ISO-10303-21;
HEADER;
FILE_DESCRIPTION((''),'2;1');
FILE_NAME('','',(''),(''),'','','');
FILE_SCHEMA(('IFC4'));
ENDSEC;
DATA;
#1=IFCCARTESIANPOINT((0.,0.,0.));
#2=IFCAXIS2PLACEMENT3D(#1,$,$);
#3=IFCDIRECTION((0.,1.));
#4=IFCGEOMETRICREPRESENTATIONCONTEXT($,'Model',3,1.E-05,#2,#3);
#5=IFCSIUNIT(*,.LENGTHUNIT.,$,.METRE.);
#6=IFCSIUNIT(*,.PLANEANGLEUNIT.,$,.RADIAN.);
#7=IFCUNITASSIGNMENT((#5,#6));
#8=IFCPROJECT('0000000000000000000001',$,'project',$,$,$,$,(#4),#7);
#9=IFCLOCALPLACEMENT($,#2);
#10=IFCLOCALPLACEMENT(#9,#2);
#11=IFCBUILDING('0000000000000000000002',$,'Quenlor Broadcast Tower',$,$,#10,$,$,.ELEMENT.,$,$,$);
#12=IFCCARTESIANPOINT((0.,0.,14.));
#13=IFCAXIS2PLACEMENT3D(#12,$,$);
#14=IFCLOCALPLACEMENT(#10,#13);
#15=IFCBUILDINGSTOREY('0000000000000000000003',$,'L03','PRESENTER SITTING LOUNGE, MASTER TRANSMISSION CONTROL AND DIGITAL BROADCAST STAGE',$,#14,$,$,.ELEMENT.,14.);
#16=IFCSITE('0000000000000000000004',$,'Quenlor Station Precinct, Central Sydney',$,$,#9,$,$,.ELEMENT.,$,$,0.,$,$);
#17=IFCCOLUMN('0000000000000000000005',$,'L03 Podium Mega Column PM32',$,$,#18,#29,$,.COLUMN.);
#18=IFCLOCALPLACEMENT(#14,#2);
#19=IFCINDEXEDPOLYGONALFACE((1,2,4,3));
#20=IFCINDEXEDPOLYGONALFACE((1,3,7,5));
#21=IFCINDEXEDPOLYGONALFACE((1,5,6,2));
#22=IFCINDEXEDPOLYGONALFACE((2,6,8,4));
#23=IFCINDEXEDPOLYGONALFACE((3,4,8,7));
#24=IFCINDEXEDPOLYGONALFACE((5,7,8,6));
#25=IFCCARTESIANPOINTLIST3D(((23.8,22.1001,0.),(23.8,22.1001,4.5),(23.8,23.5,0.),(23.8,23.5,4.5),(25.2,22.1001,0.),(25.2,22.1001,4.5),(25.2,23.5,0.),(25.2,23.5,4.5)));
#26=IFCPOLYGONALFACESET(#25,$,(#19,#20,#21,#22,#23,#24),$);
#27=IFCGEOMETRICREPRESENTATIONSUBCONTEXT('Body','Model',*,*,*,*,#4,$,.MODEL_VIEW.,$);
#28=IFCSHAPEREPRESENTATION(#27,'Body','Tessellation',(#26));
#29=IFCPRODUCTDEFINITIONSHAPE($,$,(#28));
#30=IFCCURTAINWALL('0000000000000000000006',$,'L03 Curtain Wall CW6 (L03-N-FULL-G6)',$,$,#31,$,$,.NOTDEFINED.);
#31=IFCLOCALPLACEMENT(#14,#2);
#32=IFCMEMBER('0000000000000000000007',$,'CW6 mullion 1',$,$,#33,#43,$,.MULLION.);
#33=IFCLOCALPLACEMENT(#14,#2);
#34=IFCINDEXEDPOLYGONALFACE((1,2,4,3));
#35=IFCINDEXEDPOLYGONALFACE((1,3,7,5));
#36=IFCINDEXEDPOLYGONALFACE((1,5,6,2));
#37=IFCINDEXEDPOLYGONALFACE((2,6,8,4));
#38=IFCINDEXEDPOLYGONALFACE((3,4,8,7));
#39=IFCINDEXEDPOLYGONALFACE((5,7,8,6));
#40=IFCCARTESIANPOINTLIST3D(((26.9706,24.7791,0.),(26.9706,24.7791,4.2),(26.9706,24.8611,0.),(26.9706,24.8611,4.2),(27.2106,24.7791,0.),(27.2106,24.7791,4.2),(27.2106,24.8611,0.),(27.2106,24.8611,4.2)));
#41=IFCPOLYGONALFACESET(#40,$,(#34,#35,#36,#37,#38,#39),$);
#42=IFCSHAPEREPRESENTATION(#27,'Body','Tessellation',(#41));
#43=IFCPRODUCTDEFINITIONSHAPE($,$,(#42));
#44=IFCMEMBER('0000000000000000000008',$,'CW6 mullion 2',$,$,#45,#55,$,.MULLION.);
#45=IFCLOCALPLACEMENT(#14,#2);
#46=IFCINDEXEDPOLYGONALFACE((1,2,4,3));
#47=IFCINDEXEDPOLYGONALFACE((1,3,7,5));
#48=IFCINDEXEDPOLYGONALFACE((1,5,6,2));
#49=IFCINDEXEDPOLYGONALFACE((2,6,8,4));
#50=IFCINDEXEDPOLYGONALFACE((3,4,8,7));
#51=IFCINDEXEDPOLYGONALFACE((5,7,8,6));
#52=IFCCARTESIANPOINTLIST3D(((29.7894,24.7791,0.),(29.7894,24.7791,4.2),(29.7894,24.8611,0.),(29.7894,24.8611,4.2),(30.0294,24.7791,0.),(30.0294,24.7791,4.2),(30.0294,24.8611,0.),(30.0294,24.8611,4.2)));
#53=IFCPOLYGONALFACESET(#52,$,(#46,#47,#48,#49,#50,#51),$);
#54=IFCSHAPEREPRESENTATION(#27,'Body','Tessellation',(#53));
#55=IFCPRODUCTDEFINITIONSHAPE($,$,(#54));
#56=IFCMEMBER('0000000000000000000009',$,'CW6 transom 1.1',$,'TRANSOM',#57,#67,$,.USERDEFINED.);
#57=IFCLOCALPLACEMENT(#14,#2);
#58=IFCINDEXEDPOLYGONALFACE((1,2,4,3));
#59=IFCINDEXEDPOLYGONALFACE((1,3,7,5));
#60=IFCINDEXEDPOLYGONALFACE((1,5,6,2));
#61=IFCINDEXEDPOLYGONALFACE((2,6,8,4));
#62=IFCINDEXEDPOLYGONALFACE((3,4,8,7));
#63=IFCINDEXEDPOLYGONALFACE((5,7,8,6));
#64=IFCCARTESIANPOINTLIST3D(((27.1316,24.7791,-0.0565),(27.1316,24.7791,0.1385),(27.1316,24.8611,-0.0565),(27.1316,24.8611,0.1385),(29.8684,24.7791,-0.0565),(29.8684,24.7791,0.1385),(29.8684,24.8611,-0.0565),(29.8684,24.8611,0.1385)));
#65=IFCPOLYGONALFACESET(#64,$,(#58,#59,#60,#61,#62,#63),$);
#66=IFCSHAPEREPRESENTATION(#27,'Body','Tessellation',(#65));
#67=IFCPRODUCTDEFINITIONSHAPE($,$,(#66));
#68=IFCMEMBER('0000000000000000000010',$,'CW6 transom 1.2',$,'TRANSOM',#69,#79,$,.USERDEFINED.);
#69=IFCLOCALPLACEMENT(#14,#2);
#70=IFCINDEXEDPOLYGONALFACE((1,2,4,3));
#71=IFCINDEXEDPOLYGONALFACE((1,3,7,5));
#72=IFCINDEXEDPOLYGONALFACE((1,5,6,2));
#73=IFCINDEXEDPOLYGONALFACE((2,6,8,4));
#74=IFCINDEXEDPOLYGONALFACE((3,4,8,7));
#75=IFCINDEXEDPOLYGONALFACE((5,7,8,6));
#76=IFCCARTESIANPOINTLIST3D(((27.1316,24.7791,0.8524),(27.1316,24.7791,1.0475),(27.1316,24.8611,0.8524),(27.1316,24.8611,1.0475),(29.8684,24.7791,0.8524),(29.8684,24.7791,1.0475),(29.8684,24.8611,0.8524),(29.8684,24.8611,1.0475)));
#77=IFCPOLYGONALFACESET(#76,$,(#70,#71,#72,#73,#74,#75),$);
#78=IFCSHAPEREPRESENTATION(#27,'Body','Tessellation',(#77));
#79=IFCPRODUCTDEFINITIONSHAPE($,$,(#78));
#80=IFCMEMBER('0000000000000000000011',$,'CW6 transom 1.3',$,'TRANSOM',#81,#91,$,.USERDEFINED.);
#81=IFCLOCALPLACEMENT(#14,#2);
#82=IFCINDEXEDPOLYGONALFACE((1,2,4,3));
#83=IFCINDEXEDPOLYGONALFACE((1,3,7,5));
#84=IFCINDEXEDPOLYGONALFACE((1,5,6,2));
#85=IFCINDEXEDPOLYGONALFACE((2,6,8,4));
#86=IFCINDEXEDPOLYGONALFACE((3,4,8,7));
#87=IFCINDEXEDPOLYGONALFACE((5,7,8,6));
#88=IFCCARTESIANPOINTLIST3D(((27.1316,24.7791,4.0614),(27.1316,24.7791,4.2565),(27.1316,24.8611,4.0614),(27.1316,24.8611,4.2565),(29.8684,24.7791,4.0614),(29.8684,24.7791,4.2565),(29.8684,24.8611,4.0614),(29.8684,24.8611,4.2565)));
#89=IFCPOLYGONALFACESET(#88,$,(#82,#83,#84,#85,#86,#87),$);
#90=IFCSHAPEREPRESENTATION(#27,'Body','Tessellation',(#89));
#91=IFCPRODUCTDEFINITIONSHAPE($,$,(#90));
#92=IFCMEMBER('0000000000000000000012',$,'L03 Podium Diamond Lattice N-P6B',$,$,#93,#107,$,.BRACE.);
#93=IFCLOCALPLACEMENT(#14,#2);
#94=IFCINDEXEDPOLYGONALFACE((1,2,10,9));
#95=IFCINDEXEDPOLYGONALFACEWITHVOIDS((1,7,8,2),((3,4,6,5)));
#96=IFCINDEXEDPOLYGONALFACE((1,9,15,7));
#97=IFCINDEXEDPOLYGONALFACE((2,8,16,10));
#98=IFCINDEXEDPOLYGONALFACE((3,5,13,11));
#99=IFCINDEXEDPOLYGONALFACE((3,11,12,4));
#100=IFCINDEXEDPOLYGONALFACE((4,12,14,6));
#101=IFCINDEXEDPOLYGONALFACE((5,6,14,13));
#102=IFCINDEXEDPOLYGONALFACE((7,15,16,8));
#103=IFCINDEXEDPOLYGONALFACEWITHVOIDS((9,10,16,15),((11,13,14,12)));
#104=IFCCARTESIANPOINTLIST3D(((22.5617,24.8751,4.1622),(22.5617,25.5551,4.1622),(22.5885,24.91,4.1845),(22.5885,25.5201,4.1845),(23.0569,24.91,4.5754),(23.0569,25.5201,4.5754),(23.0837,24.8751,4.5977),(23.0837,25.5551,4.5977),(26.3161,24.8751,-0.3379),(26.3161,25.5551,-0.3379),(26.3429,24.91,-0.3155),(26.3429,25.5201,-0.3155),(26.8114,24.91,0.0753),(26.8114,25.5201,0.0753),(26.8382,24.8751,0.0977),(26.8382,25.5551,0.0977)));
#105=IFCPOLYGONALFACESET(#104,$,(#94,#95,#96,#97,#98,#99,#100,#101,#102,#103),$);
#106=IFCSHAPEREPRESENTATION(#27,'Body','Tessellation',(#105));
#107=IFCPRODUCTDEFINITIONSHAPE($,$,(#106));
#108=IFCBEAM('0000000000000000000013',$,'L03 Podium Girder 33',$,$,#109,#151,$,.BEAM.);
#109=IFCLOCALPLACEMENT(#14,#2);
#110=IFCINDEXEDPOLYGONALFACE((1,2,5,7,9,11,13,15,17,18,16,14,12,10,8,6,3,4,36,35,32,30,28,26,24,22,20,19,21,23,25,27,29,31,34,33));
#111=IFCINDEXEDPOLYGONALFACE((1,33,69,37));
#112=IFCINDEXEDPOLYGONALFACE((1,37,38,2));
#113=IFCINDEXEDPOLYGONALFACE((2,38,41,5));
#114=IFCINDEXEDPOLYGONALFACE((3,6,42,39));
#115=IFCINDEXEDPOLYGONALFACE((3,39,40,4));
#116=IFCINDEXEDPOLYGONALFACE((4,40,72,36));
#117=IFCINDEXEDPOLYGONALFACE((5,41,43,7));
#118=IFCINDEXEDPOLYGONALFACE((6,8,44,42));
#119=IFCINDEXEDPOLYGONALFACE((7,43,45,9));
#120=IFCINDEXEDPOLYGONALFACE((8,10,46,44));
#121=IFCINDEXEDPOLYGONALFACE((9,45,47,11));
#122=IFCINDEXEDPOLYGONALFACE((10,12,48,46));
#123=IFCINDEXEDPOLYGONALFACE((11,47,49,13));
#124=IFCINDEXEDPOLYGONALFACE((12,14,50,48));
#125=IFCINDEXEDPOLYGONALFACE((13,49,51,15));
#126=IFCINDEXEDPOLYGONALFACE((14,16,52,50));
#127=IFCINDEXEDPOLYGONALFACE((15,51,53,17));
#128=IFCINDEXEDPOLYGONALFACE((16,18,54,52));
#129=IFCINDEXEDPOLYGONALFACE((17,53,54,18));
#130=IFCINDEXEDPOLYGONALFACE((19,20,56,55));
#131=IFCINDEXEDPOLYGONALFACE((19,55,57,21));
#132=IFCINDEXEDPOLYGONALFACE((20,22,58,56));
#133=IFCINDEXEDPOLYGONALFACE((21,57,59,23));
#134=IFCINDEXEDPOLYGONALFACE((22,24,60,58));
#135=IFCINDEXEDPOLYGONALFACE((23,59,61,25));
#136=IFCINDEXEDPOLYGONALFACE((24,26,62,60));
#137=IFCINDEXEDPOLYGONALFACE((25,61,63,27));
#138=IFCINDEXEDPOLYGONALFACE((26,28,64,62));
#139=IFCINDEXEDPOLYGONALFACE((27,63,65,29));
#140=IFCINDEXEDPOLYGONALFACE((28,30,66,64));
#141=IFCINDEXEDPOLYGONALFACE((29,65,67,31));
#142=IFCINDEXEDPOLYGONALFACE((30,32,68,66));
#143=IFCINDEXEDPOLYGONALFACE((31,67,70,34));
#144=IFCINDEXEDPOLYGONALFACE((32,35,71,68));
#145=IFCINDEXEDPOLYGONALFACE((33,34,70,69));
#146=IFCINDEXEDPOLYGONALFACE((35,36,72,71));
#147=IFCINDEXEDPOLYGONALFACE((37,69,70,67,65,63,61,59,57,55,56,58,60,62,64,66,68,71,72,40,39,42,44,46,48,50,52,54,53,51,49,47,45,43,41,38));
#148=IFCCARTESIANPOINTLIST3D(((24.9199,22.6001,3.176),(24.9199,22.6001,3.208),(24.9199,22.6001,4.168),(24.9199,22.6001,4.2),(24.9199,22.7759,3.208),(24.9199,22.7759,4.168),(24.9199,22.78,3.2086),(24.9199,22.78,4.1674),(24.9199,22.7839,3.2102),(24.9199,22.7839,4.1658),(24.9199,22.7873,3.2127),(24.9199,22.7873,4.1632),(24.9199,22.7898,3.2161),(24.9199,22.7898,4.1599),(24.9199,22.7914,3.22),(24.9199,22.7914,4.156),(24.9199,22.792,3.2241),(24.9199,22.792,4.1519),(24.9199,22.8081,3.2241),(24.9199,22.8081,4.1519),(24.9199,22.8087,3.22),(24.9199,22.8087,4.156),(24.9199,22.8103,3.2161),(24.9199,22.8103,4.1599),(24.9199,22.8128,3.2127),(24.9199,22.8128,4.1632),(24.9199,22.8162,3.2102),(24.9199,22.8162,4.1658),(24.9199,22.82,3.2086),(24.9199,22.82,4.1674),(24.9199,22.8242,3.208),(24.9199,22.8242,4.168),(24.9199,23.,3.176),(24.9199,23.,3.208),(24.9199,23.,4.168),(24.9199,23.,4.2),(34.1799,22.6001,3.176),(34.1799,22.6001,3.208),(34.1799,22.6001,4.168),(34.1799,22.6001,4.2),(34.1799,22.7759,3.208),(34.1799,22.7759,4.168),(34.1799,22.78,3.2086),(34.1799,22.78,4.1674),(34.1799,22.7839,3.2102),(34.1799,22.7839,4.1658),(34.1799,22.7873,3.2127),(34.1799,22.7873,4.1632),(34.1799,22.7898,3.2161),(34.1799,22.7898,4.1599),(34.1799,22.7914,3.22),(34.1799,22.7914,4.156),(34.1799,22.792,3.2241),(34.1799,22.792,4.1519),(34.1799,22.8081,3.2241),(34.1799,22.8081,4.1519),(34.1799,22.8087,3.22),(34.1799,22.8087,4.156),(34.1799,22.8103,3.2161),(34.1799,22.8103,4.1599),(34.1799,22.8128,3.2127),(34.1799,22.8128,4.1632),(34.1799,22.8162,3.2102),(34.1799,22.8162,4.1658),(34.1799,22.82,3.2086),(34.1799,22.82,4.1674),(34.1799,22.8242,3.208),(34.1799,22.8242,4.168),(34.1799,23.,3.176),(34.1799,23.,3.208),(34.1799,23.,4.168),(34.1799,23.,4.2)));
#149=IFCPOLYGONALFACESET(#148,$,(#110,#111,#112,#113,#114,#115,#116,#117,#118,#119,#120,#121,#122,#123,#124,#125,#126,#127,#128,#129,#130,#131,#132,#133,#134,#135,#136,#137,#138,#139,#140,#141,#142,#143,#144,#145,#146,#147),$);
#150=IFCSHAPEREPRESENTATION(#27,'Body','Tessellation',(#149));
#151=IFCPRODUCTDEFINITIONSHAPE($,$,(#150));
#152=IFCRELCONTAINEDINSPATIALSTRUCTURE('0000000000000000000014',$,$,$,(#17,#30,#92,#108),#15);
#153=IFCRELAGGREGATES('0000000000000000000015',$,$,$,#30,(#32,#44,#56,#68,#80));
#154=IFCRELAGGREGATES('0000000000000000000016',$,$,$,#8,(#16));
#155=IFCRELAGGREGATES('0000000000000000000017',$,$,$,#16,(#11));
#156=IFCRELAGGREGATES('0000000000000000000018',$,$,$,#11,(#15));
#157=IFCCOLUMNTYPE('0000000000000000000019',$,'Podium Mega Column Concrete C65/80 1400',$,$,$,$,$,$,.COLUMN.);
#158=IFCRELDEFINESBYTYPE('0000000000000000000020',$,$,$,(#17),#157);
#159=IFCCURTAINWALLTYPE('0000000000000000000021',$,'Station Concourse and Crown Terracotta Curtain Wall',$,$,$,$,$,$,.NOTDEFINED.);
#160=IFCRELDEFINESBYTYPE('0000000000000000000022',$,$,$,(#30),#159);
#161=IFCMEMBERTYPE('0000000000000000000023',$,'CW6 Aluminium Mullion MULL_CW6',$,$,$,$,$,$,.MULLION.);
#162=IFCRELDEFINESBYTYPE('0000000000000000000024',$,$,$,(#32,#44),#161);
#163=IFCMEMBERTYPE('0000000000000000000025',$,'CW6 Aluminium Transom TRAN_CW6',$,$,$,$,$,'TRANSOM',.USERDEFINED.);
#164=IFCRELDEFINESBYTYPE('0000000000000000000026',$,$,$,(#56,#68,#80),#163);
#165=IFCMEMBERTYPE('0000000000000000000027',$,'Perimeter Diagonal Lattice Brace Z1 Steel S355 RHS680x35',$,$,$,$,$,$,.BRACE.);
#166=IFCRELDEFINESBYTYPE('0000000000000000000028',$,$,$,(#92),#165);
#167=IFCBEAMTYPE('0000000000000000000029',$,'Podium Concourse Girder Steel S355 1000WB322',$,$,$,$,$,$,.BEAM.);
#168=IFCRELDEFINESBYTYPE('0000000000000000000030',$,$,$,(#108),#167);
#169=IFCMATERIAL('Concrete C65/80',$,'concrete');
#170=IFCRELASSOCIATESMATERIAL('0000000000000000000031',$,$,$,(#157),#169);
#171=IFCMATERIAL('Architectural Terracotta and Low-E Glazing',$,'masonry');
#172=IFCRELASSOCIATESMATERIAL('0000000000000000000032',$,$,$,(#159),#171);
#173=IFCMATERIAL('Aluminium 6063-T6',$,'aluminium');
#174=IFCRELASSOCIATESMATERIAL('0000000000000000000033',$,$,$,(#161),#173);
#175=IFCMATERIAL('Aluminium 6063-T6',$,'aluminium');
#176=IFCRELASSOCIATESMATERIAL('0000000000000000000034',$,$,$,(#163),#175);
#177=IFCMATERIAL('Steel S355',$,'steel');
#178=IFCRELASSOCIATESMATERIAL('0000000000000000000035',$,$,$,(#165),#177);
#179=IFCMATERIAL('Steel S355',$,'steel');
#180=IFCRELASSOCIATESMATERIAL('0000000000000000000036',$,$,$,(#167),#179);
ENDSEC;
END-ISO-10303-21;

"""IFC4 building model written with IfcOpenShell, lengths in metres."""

from ifc_helpers import new_model, si_unit, direction, frame, origin, origin_2d, place, context, subcontext, project, spatial, rectangle, hollow_rectangle, i_section, extrude, material, material_profile, profile_set, type_object, element, aggregate, save


model = new_model("IFC4")

# Units and contexts
model_context = context("Model", 3, precision=1e-05, world=origin(), true_north=direction((0.0, 1.0)))
body_context = subcontext(model_context, "Body", "Model", "MODEL_VIEW")
ifc_project = project(units=[si_unit("LENGTHUNIT", "METRE"), si_unit("PLANEANGLEUNIT", "RADIAN")], contexts=[model_context])

# Site, building, storey
site_placement = place(None, origin())
site = spatial("IfcSite", under=ifc_project, at=site_placement, Name="Quenlor Station Precinct, Central Sydney", CompositionType="ELEMENT", RefElevation=0.0)
building_placement = place(site_placement, origin())
building = spatial("IfcBuilding", under=site, at=building_placement, Name="Quenlor Broadcast Tower", CompositionType="ELEMENT")
storey_placement = place(building_placement, frame((0.0, 0.0, 14.0)))
storey = spatial("IfcBuildingStorey", under=building, at=storey_placement, Name="L03", Description="PRESENTER SITTING LOUNGE, MASTER TRANSMISSION CONTROL AND DIGITAL BROADCAST STAGE", CompositionType="ELEMENT", Elevation=14.0)

# Column
ifc_material_1 = material(Name="Concrete C65/80", Category="concrete")
ifc_material_profile_1 = material_profile(ifc_material_1, rectangle(XDim=1.3999, YDim=1.3999, at=origin_2d()))
ifc_profile_set_1 = profile_set([ifc_material_profile_1], Name="Concrete C65/80 RC1400x1400")
column_type = type_object("IfcColumnType", Name="Podium Mega Column Concrete C65/80 1400", PredefinedType="COLUMN", material=ifc_profile_set_1)
column_placement = place(storey_placement, frame((24.5, 22.8, 0.0), z_axis=(0.0, 0.0, 1.0), x_axis=(1.0, 0.0, 0.0)))
element("IfcColumn", 1, at=column_placement, inside=storey, type_object=column_type, Name="L03 Podium Mega Column PM32", PredefinedType="COLUMN", context=body_context, shape_type="SweptSolid", body=[
    extrude(rectangle(XDim=1.3999, YDim=1.3999, at=origin_2d()), origin(), (0.0, 0.0, 1.0), 4.5),
])

# Curtain wall, members
ifc_material_2 = material(Name="Architectural Terracotta and Low-E Glazing", Category="masonry")
curtain_wall_type = type_object("IfcCurtainWallType", Name="Station Concourse and Crown Terracotta Curtain Wall", PredefinedType="NOTDEFINED", material=ifc_material_2)
curtain_wall_placement = place(storey_placement, origin())
curtain_wall = element("IfcCurtainWall", 2, at=curtain_wall_placement, inside=storey, type_object=curtain_wall_type, Name="L03 Curtain Wall CW6 (L03-N-FULL-G6)", PredefinedType="NOTDEFINED")
ifc_material_3 = material(Name="Aluminium 6063-T6", Category="aluminium")
ifc_material_profile_2 = material_profile(ifc_material_3, rectangle(XDim=0.082, YDim=0.24, at=origin_2d()))
ifc_profile_set_2 = profile_set([ifc_material_profile_2], Name="Aluminium 6063-T6 MULL82x240")
member_type_1 = type_object("IfcMemberType", Name="CW6 Aluminium Mullion MULL_CW6", PredefinedType="MULLION", material=ifc_profile_set_2)
member_1_placement = place(storey_placement, frame((27.0906, 24.8201, 0.0), z_axis=(0.0, 0.0, 1.0), x_axis=(0.0, 1.0, 0.0)))
member_1 = element("IfcMember", 3, at=member_1_placement, type_object=member_type_1, Name="CW6 mullion 1", PredefinedType="MULLION", context=body_context, shape_type="SweptSolid", body=[
    extrude(rectangle(XDim=0.082, YDim=0.24, at=origin_2d()), origin(), (0.0, 0.0, 1.0), 4.2),
])
member_2_placement = place(storey_placement, frame((29.9094, 24.8201, 0.0), z_axis=(0.0, 0.0, 1.0), x_axis=(0.0, 1.0, 0.0)))
member_2 = element("IfcMember", 4, at=member_2_placement, type_object=member_type_1, Name="CW6 mullion 2", PredefinedType="MULLION", context=body_context, shape_type="SweptSolid", body=[
    extrude(rectangle(XDim=0.082, YDim=0.24, at=origin_2d()), origin(), (0.0, 0.0, 1.0), 4.2),
])
ifc_material_4 = material(Name="Aluminium 6063-T6", Category="aluminium")
ifc_material_profile_3 = material_profile(ifc_material_4, rectangle(XDim=0.082, YDim=0.1951, at=origin_2d()))
ifc_profile_set_3 = profile_set([ifc_material_profile_3], Name="Aluminium 6063-T6 TRAN82x195")
member_type_2 = type_object("IfcMemberType", Name="CW6 Aluminium Transom TRAN_CW6", ElementType="TRANSOM", PredefinedType="USERDEFINED", material=ifc_profile_set_3)
member_3_placement = place(storey_placement, frame((27.1316, 24.8201, 0.041), z_axis=(1.0, 0.0, 0.0), x_axis=(0.0, 1.0, 0.0)))
member_3 = element("IfcMember", 5, at=member_3_placement, type_object=member_type_2, Name="CW6 transom 1.1", ObjectType="TRANSOM", PredefinedType="USERDEFINED", context=body_context, shape_type="SweptSolid", body=[
    extrude(rectangle(XDim=0.082, YDim=0.1951, at=origin_2d()), origin(), (0.0, 0.0, 1.0), 2.7368),
])
member_4_placement = place(storey_placement, frame((27.1316, 24.8201, 0.95), z_axis=(1.0, 0.0, 0.0), x_axis=(0.0, 1.0, 0.0)))
member_4 = element("IfcMember", 6, at=member_4_placement, type_object=member_type_2, Name="CW6 transom 1.2", ObjectType="TRANSOM", PredefinedType="USERDEFINED", context=body_context, shape_type="SweptSolid", body=[
    extrude(rectangle(XDim=0.082, YDim=0.1951, at=origin_2d()), origin(), (0.0, 0.0, 1.0), 2.7368),
])
member_5_placement = place(storey_placement, frame((27.1316, 24.8201, 4.1589), z_axis=(1.0, 0.0, 0.0), x_axis=(0.0, 1.0, 0.0)))
member_5 = element("IfcMember", 7, at=member_5_placement, type_object=member_type_2, Name="CW6 transom 1.3", ObjectType="TRANSOM", PredefinedType="USERDEFINED", context=body_context, shape_type="SweptSolid", body=[
    extrude(rectangle(XDim=0.082, YDim=0.1951, at=origin_2d()), origin(), (0.0, 0.0, 1.0), 2.7368),
])

# Member
ifc_material_5 = material(Name="Steel S355", Category="steel")
ifc_material_profile_4 = material_profile(ifc_material_5, hollow_rectangle(XDim=0.6799, YDim=0.6799, WallThickness=0.0349, at=origin_2d()))
ifc_profile_set_4 = profile_set([ifc_material_profile_4], Name="Steel S355 RHS680x680x35")
member_type_3 = type_object("IfcMemberType", Name="Perimeter Diagonal Lattice Brace Z1 Steel S355 RHS680x35", PredefinedType="BRACE", material=ifc_profile_set_4)
member_6_placement = place(storey_placement, frame((26.5771, 25.2151, -0.1201), z_axis=(-0.640627, 0.0, 0.767852), x_axis=(0.0, -1.0, 0.0)))
element("IfcMember", 8, at=member_6_placement, inside=storey, type_object=member_type_3, Name="L03 Podium Diamond Lattice N-P6B", PredefinedType="BRACE", context=body_context, shape_type="SweptSolid", body=[
    extrude(hollow_rectangle(XDim=0.6799, YDim=0.6799, WallThickness=0.0349, at=origin_2d()), origin(), (0.0, 0.0, 1.0), 5.8606),
])

# Beam
ifc_material_6 = material(Name="Steel S355", Category="steel")
ifc_material_profile_5 = material_profile(ifc_material_6, i_section(OverallWidth=0.3999, OverallDepth=1.0239, WebThickness=0.0161, FlangeThickness=0.032, FilletRadius=0.0161, at=origin_2d()))
ifc_profile_set_5 = profile_set([ifc_material_profile_5], Name="Steel S355 1000WB322")
beam_type = type_object("IfcBeamType", Name="Podium Concourse Girder Steel S355 1000WB322", PredefinedType="BEAM", material=ifc_profile_set_5)
beam_1_placement = place(storey_placement, frame((24.9199, 22.8, 3.688), z_axis=(1.0, 0.0, 0.0), x_axis=(0.0, 1.0, 0.0)))
element("IfcBeam", 9, at=beam_1_placement, inside=storey, type_object=beam_type, Name="L03 Podium Girder 33", PredefinedType="BEAM", context=body_context, shape_type="SweptSolid", body=[
    extrude(i_section(OverallWidth=0.3999, OverallDepth=1.0239, WebThickness=0.0161, FlangeThickness=0.032, FilletRadius=0.0161, at=origin_2d()), origin(), (0.0, 0.0, 1.0), 9.26),
])

aggregate(curtain_wall, [member_1, member_2, member_3, member_4, member_5])

save(model, "model.ifc")
